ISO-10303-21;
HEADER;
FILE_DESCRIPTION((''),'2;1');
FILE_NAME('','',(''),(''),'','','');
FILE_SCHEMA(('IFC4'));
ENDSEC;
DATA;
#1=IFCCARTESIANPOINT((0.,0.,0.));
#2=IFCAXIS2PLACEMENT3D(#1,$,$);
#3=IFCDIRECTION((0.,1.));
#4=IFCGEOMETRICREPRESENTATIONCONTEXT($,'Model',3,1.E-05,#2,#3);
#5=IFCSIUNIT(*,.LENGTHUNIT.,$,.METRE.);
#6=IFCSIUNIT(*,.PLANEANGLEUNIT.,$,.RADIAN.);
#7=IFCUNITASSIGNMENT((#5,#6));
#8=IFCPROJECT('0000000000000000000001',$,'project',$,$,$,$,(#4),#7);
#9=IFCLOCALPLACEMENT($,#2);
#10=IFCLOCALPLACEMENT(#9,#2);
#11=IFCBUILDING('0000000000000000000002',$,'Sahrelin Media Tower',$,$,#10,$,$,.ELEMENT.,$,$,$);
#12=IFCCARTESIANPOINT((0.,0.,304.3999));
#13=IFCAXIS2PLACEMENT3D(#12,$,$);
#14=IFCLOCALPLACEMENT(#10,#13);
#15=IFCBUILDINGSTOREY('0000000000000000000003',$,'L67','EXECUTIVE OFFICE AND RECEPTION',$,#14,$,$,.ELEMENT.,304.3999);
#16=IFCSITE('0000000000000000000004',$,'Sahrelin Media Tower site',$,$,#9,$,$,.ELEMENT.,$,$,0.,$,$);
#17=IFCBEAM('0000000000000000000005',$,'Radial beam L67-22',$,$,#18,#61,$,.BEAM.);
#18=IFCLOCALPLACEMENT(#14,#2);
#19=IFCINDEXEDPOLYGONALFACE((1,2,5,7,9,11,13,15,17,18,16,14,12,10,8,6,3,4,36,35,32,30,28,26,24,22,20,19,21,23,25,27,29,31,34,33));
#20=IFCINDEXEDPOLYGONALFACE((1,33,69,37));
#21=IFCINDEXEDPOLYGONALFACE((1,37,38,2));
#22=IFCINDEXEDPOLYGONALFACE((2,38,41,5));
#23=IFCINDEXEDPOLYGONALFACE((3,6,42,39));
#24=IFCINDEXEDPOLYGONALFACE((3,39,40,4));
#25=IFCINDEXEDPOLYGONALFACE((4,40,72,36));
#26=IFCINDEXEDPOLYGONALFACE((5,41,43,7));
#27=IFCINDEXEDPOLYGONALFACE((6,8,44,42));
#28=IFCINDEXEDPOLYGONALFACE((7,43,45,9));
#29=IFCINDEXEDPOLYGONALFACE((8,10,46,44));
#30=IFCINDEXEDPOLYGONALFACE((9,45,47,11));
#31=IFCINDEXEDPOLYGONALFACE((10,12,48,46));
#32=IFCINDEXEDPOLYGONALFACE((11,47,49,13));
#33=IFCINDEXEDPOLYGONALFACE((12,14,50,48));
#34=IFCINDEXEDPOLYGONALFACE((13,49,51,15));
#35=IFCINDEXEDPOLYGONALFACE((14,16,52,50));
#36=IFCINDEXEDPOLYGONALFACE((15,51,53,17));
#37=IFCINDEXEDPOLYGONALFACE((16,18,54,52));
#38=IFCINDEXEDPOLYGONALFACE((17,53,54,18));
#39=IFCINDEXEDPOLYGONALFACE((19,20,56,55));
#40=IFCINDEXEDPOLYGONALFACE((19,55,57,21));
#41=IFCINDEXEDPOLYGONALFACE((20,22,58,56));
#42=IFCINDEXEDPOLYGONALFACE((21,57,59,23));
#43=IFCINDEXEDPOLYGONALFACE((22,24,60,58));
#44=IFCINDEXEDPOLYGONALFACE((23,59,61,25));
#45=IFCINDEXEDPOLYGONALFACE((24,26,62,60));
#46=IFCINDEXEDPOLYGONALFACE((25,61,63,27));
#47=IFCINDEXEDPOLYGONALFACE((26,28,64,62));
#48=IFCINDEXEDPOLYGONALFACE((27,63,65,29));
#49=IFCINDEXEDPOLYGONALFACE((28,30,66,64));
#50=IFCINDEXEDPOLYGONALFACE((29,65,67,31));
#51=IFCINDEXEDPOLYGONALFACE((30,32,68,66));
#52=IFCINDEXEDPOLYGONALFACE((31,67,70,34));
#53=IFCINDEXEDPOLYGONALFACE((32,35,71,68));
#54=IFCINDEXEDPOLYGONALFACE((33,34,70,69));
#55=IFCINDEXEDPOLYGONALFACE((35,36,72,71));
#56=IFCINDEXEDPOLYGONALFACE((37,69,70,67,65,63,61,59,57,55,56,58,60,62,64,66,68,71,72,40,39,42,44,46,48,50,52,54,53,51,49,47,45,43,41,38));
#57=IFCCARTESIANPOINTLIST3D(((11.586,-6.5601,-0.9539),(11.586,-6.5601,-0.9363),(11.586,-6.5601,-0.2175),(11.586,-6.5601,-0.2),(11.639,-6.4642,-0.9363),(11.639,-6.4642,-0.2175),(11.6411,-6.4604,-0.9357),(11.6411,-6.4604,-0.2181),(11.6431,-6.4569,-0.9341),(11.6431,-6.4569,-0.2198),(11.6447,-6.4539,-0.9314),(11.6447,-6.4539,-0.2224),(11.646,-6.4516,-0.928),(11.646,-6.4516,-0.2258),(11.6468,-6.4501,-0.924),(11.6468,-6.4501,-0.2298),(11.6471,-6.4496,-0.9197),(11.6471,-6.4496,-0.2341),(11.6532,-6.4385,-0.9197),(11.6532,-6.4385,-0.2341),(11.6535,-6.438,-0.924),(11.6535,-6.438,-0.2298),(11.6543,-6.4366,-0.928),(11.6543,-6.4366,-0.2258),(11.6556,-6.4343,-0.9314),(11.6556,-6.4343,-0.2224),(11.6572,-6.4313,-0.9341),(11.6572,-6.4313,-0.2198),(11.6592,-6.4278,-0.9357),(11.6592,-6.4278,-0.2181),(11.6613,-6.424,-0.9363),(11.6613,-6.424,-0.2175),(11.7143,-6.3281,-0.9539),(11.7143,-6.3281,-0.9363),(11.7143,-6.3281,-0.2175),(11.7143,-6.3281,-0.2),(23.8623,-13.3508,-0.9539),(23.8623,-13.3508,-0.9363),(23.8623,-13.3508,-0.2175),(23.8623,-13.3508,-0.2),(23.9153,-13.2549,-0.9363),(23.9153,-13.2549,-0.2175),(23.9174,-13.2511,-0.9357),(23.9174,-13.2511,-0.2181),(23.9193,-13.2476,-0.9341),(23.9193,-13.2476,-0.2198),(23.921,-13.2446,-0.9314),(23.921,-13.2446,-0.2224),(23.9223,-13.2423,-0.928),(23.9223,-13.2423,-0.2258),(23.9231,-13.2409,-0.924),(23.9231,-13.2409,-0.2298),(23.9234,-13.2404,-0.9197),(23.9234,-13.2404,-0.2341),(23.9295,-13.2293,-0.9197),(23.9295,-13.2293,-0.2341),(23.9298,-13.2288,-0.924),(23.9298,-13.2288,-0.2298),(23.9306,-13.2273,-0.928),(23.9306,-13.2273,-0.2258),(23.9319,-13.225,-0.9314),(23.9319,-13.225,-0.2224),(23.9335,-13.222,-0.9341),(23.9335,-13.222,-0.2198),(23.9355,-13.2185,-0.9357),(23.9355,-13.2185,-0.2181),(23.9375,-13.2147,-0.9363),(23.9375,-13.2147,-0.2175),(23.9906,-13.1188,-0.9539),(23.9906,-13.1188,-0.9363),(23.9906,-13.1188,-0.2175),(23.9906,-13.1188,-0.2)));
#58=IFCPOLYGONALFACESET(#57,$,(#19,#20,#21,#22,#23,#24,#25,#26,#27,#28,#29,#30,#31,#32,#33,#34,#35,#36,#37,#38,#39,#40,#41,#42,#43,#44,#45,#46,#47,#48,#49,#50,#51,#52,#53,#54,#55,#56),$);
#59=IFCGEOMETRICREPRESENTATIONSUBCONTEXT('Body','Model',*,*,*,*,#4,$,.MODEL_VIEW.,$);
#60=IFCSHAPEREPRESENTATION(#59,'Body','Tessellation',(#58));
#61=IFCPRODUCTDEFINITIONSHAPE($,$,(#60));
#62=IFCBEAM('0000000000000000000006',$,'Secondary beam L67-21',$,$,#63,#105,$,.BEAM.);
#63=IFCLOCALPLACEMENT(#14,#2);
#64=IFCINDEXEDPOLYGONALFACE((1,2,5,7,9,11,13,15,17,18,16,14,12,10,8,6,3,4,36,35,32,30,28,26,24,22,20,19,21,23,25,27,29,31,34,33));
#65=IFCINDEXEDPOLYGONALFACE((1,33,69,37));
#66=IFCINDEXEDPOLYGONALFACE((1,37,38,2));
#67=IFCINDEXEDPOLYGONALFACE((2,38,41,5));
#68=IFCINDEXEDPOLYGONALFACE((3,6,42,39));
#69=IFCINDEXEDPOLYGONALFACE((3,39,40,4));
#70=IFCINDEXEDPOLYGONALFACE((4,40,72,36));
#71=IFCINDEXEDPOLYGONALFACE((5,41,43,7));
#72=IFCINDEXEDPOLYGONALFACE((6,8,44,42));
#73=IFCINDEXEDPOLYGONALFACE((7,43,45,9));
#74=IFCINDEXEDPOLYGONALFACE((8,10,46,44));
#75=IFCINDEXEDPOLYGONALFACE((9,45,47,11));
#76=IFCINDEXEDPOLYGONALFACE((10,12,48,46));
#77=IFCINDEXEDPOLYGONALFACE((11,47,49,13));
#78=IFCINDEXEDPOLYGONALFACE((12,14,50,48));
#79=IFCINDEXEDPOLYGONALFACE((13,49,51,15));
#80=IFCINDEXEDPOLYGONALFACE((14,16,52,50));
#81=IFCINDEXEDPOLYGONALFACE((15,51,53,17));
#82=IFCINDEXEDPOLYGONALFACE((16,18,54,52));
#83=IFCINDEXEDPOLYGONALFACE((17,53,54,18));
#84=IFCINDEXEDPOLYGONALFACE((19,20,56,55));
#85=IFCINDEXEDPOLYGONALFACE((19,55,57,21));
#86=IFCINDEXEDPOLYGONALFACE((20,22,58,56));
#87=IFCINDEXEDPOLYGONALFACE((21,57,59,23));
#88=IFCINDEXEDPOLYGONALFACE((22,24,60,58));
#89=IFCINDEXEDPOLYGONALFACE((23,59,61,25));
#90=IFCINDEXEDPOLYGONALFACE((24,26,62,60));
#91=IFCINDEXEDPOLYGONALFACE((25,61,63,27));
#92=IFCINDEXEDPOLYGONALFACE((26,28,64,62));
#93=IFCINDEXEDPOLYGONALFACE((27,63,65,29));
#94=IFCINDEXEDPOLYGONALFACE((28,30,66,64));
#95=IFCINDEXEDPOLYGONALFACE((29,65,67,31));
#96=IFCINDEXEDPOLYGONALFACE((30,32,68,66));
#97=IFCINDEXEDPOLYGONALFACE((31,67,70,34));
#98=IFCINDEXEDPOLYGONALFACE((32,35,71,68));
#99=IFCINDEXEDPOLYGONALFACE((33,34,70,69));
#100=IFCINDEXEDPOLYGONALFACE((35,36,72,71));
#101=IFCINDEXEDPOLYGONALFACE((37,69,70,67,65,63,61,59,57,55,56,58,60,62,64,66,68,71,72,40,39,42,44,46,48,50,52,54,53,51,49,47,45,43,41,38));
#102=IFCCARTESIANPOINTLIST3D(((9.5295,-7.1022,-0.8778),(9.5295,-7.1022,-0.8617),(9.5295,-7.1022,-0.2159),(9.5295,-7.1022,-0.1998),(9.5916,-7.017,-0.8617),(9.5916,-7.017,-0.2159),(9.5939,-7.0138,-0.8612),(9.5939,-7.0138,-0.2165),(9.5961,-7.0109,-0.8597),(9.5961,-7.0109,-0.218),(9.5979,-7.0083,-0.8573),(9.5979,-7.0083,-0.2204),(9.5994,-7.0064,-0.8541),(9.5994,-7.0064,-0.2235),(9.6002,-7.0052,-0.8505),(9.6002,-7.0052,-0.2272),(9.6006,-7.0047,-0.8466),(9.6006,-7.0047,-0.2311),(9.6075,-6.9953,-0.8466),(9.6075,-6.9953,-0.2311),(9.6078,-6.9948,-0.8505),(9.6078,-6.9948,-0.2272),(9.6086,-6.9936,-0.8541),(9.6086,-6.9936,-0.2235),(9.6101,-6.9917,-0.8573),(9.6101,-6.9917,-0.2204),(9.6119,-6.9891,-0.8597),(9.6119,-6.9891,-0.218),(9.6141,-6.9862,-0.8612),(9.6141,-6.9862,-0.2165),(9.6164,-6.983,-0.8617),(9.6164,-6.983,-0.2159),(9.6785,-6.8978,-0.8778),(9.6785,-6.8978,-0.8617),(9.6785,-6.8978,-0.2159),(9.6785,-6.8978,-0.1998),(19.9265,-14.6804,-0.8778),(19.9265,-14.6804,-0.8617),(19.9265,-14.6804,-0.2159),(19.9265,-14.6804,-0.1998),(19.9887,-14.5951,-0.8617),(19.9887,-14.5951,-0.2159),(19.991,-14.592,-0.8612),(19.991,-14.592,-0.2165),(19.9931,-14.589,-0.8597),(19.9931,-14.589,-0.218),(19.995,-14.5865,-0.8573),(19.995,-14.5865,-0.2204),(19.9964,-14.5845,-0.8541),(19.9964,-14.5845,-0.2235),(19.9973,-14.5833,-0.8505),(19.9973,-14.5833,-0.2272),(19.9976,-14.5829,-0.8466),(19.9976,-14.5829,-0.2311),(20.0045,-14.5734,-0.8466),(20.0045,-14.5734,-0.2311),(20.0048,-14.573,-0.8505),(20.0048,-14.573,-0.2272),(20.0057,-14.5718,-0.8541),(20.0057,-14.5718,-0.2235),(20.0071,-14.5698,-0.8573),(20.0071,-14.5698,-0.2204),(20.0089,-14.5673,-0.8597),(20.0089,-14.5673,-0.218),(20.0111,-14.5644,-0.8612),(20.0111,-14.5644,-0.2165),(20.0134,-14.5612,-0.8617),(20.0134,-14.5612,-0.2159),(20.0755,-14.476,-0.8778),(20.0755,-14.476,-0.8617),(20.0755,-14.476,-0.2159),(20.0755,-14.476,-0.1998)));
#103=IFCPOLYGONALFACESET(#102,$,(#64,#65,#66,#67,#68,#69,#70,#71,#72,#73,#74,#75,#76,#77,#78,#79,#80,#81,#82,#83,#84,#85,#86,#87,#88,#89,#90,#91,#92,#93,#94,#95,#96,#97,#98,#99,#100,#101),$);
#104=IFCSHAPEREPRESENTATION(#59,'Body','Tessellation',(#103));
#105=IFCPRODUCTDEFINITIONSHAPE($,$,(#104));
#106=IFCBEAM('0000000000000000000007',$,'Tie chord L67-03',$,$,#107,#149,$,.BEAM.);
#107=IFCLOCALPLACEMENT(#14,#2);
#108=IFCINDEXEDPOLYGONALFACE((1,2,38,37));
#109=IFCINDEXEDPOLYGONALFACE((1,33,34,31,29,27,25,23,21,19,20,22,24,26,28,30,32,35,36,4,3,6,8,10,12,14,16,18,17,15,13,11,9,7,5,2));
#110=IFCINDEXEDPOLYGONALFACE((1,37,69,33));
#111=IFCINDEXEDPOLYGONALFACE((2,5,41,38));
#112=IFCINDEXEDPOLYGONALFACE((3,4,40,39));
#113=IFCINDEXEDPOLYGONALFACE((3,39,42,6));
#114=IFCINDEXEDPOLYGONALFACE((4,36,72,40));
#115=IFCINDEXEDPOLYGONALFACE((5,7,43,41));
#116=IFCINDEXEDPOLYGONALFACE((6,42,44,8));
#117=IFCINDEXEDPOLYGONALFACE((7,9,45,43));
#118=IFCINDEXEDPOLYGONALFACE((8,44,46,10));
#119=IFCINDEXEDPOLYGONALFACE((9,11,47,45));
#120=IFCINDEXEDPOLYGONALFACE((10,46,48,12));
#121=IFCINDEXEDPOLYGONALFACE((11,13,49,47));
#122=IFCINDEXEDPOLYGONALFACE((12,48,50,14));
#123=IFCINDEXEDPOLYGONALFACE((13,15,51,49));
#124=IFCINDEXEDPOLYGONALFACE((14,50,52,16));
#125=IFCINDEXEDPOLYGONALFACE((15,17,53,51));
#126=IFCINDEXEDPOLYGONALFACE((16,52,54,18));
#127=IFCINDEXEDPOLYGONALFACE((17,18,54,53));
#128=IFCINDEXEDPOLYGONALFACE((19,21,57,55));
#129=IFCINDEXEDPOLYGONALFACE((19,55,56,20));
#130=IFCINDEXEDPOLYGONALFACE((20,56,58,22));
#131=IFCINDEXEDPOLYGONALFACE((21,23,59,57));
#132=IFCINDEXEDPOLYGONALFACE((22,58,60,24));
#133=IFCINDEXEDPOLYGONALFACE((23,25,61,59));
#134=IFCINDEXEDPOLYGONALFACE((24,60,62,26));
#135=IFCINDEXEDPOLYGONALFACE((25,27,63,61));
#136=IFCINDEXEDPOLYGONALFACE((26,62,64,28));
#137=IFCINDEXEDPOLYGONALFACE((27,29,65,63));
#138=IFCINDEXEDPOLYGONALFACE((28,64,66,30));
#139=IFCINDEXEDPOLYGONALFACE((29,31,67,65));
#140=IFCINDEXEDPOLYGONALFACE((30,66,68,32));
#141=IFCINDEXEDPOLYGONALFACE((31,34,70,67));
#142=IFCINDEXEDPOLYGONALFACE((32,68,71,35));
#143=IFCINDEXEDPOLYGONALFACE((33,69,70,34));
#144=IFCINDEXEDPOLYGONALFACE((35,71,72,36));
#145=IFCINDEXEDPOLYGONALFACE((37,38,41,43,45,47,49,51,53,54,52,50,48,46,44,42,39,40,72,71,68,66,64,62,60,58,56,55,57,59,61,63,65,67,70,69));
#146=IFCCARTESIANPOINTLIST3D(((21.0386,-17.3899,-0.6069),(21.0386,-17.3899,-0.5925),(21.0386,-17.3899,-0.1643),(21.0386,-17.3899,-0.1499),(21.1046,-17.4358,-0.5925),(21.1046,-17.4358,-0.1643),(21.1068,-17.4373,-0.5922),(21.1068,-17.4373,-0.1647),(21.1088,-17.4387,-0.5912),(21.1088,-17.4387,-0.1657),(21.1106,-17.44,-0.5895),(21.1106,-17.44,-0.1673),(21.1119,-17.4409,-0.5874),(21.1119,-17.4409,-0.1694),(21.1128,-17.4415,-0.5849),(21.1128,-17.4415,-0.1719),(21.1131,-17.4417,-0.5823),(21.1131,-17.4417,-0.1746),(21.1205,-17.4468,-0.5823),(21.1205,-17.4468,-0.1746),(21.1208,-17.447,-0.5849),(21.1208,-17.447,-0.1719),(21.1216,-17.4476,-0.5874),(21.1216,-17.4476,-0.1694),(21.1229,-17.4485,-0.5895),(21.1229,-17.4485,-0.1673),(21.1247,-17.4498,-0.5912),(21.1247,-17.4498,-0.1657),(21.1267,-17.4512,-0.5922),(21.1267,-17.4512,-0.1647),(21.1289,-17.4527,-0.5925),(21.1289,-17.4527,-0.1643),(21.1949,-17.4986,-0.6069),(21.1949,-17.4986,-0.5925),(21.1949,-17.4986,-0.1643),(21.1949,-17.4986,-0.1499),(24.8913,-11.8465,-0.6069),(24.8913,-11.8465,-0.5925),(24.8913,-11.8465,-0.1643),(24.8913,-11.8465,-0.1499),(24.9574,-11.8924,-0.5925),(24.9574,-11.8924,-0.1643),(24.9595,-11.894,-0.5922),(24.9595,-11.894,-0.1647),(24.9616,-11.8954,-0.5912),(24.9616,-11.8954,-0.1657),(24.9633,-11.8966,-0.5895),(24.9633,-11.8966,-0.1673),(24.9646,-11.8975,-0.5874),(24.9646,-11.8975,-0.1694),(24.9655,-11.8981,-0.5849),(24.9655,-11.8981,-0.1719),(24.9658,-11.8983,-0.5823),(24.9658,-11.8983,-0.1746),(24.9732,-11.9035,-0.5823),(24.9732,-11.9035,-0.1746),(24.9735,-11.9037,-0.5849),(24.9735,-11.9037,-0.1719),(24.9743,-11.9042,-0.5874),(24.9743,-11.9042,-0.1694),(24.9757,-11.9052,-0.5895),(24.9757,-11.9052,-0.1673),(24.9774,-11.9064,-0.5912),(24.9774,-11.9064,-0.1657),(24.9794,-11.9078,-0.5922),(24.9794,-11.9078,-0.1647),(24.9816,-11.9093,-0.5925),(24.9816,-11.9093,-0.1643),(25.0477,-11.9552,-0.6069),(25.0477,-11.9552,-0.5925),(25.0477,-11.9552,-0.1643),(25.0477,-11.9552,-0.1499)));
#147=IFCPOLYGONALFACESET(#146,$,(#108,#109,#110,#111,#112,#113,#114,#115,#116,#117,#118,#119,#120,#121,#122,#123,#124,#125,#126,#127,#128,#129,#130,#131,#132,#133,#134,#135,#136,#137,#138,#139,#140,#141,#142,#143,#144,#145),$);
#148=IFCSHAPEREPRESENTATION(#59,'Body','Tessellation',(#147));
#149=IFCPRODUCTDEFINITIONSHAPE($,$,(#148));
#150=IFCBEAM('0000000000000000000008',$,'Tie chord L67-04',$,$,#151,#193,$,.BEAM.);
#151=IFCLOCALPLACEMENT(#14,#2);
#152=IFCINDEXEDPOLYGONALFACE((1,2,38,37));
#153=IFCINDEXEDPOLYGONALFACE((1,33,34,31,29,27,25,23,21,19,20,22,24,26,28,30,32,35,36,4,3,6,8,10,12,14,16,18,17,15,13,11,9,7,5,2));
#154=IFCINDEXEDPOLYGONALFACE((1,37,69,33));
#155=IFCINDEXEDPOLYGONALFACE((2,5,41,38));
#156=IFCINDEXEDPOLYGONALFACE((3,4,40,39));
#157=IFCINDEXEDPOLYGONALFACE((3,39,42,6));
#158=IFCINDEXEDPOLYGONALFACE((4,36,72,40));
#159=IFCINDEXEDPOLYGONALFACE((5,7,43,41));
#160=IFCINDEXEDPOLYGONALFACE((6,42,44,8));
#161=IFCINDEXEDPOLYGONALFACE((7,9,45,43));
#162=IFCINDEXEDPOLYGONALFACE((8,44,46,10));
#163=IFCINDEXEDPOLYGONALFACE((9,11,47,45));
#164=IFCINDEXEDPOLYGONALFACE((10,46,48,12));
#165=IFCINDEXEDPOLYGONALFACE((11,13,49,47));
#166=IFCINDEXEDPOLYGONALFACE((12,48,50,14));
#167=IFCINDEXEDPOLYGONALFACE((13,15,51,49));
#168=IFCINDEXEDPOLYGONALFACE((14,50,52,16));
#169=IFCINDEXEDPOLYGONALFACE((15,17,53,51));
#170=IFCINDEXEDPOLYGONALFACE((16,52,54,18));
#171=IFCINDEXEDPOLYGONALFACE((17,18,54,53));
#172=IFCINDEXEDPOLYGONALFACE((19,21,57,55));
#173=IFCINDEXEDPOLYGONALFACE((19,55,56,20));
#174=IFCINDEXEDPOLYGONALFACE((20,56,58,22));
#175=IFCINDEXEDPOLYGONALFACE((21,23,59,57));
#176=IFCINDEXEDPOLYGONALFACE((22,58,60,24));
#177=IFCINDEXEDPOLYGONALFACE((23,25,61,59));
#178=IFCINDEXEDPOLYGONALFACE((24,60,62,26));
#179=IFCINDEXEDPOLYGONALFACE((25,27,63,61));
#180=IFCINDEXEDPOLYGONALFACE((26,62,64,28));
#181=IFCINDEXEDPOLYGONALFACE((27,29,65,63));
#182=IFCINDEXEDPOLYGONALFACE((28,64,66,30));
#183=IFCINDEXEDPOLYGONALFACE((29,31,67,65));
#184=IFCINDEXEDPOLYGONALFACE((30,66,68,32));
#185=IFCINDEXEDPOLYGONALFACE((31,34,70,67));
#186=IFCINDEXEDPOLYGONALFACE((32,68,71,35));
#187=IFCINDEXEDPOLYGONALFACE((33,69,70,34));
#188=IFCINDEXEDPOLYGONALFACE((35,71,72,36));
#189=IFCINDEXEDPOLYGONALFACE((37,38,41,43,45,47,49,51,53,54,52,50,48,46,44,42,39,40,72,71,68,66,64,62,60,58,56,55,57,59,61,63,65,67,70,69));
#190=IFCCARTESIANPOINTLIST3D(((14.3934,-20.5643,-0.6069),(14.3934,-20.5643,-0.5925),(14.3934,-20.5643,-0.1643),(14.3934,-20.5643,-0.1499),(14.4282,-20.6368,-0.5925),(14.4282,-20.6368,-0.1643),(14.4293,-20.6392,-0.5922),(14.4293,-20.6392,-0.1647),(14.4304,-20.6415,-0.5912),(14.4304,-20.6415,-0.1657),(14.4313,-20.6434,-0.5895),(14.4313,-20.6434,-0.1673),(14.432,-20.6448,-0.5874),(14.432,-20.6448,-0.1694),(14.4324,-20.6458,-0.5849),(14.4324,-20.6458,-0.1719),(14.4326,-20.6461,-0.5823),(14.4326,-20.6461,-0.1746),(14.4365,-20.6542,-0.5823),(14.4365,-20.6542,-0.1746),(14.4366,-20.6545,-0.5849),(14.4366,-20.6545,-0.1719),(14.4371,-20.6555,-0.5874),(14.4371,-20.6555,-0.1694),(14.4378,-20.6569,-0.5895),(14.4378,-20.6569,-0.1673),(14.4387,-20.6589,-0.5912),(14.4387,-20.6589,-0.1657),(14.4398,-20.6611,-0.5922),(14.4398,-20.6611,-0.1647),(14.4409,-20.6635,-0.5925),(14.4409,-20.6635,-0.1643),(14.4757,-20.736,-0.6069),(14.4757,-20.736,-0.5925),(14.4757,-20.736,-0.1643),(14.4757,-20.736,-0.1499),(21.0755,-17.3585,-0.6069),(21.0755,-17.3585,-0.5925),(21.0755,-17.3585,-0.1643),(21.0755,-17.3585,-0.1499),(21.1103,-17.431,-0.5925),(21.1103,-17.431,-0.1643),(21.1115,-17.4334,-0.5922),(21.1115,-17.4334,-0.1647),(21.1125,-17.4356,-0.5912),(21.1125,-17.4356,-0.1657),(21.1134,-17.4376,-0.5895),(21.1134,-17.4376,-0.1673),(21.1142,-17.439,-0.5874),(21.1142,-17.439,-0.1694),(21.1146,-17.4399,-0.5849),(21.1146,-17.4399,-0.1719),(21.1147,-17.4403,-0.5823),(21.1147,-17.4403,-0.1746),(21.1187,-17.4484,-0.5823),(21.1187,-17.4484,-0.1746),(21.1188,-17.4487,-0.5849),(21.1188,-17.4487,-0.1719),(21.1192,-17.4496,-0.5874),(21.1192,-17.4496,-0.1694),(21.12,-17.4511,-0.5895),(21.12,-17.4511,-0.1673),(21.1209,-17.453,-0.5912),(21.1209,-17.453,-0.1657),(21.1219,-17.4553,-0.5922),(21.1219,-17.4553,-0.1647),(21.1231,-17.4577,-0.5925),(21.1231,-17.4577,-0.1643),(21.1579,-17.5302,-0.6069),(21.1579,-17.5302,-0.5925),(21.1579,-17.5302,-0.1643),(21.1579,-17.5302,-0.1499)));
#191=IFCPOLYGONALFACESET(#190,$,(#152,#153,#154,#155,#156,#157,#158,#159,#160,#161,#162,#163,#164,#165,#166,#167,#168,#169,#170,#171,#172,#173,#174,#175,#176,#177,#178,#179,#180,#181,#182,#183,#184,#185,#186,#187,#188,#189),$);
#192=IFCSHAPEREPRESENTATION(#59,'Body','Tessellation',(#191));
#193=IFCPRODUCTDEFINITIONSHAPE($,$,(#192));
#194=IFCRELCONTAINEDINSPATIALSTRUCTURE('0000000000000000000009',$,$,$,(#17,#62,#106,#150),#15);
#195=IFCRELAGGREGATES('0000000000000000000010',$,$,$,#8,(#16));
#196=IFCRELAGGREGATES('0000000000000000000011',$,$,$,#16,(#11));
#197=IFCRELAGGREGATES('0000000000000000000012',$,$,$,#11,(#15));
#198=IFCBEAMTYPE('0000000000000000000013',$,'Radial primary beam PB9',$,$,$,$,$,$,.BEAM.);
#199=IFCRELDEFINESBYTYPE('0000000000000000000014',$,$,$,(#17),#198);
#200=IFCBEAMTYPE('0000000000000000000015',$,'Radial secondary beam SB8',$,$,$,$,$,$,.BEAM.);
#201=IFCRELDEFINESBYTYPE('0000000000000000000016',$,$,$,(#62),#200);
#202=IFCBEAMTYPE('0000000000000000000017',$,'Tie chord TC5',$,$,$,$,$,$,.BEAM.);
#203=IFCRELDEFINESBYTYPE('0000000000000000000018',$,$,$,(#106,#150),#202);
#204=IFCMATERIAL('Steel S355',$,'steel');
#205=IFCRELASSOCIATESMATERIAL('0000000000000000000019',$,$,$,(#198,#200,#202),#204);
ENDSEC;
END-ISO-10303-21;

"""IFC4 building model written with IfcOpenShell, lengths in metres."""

from ifc_helpers import new_model, si_unit, direction, frame, origin, origin_2d, place, context, subcontext, project, spatial, i_section, extrude, material, material_profile, profile_set, type_object, element, save


model = new_model("IFC4")

# Units and contexts
model_context = context("Model", 3, precision=1e-05, world=origin(), true_north=direction((0.0, 1.0)))
body_context = subcontext(model_context, "Body", "Model", "MODEL_VIEW")
ifc_project = project(units=[si_unit("LENGTHUNIT", "METRE"), si_unit("PLANEANGLEUNIT", "RADIAN")], contexts=[model_context])

# Site, building, storey
site_placement = place(None, origin())
site = spatial("IfcSite", under=ifc_project, at=site_placement, Name="Sahrelin Media Tower site", CompositionType="ELEMENT", RefElevation=0.0)
building_placement = place(site_placement, origin())
building = spatial("IfcBuilding", under=site, at=building_placement, Name="Sahrelin Media Tower", CompositionType="ELEMENT")
storey_placement = place(building_placement, frame((0.0, 0.0, 304.3999)))
storey = spatial("IfcBuildingStorey", under=building, at=storey_placement, Name="L67", Description="EXECUTIVE OFFICE AND RECEPTION", CompositionType="ELEMENT", Elevation=304.3999)

# Beams
ifc_material_1 = material(Name="Steel S355", Category="steel")
ifc_material_profile_1 = material_profile(ifc_material_1, i_section(OverallWidth=0.2651, OverallDepth=0.7539, WebThickness=0.0127, FlangeThickness=0.0176, FilletRadius=0.0166, at=origin_2d()), Name="UB 762x267x147")
ifc_profile_set_1 = profile_set([ifc_material_profile_1], Name="Steel S355")
beam_type_1 = type_object("IfcBeamType", Name="Radial primary beam PB9", PredefinedType="BEAM", material=ifc_profile_set_1)
beam_1_placement = place(storey_placement, frame((11.6501, -6.4441, -0.5769), z_axis=(0.875046, -0.484039, 0.0), x_axis=(0.484039, 0.875046, 0.0)))
element("IfcBeam", 1, at=beam_1_placement, inside=storey, type_object=beam_type_1, Name="Radial beam L67-22", PredefinedType="BEAM", context=body_context, shape_type="SweptSolid", body=[
    extrude(i_section(OverallWidth=0.2651, OverallDepth=0.7539, WebThickness=0.0127, FlangeThickness=0.0176, FilletRadius=0.0166, at=origin_2d()), origin(), (0.0, 0.0, 1.0), 14.0293),
])
ifc_material_profile_2 = material_profile(ifc_material_1, i_section(OverallWidth=0.2529, OverallDepth=0.678, WebThickness=0.0117, FlangeThickness=0.0161, FilletRadius=0.0151, at=origin_2d()), Name="UB 686x254x125")
ifc_profile_set_2 = profile_set([ifc_material_profile_2], Name="Steel S355")
beam_type_2 = type_object("IfcBeamType", Name="Radial secondary beam SB8", PredefinedType="BEAM", material=ifc_profile_set_2)
beam_2_placement = place(storey_placement, frame((9.604, -7.0, -0.5388), z_axis=(0.808119, -0.58902, 0.0), x_axis=(0.58902, 0.808119, 0.0)))
element("IfcBeam", 2, at=beam_2_placement, inside=storey, type_object=beam_type_2, Name="Secondary beam L67-21", PredefinedType="BEAM", context=body_context, shape_type="SweptSolid", body=[
    extrude(i_section(OverallWidth=0.2529, OverallDepth=0.678, WebThickness=0.0117, FlangeThickness=0.0161, FilletRadius=0.0151, at=origin_2d()), origin(), (0.0, 0.0, 1.0), 12.8657),
])
ifc_material_profile_3 = material_profile(ifc_material_1, i_section(OverallWidth=0.1904, OverallDepth=0.457, WebThickness=0.009, FlangeThickness=0.0144, FilletRadius=0.0103, at=origin_2d()), Name="UB 457x191x74")
ifc_profile_set_3 = profile_set([ifc_material_profile_3], Name="Steel S355")
beam_type_3 = type_object("IfcBeamType", Name="Tie chord TC5", PredefinedType="BEAM", material=ifc_profile_set_3)
beam_3_placement = place(storey_placement, frame((24.9695, -11.9009, -0.3784), z_axis=(-0.570712, -0.821151, 0.0), x_axis=(0.821151, -0.570712, 0.0)))
element("IfcBeam", 3, at=beam_3_placement, inside=storey, type_object=beam_type_3, Name="Tie chord L67-03", PredefinedType="BEAM", context=body_context, shape_type="SweptSolid", body=[
    extrude(i_section(OverallWidth=0.1904, OverallDepth=0.457, WebThickness=0.009, FlangeThickness=0.0144, FilletRadius=0.0103, at=origin_2d()), origin(), (0.0, 0.0, 1.0), 6.7507),
])
beam_4_placement = place(storey_placement, frame((21.1167, -17.4443, -0.3784), z_axis=(-0.901608, -0.432554, 0.0), x_axis=(0.432554, -0.901608, 0.0)))
element("IfcBeam", 4, at=beam_4_placement, inside=storey, type_object=beam_type_3, Name="Tie chord L67-04", PredefinedType="BEAM", context=body_context, shape_type="SweptSolid", body=[
    extrude(i_section(OverallWidth=0.1904, OverallDepth=0.457, WebThickness=0.009, FlangeThickness=0.0144, FilletRadius=0.0103, at=origin_2d()), origin(), (0.0, 0.0, 1.0), 7.4114),
])

save(model, "model.ifc")
